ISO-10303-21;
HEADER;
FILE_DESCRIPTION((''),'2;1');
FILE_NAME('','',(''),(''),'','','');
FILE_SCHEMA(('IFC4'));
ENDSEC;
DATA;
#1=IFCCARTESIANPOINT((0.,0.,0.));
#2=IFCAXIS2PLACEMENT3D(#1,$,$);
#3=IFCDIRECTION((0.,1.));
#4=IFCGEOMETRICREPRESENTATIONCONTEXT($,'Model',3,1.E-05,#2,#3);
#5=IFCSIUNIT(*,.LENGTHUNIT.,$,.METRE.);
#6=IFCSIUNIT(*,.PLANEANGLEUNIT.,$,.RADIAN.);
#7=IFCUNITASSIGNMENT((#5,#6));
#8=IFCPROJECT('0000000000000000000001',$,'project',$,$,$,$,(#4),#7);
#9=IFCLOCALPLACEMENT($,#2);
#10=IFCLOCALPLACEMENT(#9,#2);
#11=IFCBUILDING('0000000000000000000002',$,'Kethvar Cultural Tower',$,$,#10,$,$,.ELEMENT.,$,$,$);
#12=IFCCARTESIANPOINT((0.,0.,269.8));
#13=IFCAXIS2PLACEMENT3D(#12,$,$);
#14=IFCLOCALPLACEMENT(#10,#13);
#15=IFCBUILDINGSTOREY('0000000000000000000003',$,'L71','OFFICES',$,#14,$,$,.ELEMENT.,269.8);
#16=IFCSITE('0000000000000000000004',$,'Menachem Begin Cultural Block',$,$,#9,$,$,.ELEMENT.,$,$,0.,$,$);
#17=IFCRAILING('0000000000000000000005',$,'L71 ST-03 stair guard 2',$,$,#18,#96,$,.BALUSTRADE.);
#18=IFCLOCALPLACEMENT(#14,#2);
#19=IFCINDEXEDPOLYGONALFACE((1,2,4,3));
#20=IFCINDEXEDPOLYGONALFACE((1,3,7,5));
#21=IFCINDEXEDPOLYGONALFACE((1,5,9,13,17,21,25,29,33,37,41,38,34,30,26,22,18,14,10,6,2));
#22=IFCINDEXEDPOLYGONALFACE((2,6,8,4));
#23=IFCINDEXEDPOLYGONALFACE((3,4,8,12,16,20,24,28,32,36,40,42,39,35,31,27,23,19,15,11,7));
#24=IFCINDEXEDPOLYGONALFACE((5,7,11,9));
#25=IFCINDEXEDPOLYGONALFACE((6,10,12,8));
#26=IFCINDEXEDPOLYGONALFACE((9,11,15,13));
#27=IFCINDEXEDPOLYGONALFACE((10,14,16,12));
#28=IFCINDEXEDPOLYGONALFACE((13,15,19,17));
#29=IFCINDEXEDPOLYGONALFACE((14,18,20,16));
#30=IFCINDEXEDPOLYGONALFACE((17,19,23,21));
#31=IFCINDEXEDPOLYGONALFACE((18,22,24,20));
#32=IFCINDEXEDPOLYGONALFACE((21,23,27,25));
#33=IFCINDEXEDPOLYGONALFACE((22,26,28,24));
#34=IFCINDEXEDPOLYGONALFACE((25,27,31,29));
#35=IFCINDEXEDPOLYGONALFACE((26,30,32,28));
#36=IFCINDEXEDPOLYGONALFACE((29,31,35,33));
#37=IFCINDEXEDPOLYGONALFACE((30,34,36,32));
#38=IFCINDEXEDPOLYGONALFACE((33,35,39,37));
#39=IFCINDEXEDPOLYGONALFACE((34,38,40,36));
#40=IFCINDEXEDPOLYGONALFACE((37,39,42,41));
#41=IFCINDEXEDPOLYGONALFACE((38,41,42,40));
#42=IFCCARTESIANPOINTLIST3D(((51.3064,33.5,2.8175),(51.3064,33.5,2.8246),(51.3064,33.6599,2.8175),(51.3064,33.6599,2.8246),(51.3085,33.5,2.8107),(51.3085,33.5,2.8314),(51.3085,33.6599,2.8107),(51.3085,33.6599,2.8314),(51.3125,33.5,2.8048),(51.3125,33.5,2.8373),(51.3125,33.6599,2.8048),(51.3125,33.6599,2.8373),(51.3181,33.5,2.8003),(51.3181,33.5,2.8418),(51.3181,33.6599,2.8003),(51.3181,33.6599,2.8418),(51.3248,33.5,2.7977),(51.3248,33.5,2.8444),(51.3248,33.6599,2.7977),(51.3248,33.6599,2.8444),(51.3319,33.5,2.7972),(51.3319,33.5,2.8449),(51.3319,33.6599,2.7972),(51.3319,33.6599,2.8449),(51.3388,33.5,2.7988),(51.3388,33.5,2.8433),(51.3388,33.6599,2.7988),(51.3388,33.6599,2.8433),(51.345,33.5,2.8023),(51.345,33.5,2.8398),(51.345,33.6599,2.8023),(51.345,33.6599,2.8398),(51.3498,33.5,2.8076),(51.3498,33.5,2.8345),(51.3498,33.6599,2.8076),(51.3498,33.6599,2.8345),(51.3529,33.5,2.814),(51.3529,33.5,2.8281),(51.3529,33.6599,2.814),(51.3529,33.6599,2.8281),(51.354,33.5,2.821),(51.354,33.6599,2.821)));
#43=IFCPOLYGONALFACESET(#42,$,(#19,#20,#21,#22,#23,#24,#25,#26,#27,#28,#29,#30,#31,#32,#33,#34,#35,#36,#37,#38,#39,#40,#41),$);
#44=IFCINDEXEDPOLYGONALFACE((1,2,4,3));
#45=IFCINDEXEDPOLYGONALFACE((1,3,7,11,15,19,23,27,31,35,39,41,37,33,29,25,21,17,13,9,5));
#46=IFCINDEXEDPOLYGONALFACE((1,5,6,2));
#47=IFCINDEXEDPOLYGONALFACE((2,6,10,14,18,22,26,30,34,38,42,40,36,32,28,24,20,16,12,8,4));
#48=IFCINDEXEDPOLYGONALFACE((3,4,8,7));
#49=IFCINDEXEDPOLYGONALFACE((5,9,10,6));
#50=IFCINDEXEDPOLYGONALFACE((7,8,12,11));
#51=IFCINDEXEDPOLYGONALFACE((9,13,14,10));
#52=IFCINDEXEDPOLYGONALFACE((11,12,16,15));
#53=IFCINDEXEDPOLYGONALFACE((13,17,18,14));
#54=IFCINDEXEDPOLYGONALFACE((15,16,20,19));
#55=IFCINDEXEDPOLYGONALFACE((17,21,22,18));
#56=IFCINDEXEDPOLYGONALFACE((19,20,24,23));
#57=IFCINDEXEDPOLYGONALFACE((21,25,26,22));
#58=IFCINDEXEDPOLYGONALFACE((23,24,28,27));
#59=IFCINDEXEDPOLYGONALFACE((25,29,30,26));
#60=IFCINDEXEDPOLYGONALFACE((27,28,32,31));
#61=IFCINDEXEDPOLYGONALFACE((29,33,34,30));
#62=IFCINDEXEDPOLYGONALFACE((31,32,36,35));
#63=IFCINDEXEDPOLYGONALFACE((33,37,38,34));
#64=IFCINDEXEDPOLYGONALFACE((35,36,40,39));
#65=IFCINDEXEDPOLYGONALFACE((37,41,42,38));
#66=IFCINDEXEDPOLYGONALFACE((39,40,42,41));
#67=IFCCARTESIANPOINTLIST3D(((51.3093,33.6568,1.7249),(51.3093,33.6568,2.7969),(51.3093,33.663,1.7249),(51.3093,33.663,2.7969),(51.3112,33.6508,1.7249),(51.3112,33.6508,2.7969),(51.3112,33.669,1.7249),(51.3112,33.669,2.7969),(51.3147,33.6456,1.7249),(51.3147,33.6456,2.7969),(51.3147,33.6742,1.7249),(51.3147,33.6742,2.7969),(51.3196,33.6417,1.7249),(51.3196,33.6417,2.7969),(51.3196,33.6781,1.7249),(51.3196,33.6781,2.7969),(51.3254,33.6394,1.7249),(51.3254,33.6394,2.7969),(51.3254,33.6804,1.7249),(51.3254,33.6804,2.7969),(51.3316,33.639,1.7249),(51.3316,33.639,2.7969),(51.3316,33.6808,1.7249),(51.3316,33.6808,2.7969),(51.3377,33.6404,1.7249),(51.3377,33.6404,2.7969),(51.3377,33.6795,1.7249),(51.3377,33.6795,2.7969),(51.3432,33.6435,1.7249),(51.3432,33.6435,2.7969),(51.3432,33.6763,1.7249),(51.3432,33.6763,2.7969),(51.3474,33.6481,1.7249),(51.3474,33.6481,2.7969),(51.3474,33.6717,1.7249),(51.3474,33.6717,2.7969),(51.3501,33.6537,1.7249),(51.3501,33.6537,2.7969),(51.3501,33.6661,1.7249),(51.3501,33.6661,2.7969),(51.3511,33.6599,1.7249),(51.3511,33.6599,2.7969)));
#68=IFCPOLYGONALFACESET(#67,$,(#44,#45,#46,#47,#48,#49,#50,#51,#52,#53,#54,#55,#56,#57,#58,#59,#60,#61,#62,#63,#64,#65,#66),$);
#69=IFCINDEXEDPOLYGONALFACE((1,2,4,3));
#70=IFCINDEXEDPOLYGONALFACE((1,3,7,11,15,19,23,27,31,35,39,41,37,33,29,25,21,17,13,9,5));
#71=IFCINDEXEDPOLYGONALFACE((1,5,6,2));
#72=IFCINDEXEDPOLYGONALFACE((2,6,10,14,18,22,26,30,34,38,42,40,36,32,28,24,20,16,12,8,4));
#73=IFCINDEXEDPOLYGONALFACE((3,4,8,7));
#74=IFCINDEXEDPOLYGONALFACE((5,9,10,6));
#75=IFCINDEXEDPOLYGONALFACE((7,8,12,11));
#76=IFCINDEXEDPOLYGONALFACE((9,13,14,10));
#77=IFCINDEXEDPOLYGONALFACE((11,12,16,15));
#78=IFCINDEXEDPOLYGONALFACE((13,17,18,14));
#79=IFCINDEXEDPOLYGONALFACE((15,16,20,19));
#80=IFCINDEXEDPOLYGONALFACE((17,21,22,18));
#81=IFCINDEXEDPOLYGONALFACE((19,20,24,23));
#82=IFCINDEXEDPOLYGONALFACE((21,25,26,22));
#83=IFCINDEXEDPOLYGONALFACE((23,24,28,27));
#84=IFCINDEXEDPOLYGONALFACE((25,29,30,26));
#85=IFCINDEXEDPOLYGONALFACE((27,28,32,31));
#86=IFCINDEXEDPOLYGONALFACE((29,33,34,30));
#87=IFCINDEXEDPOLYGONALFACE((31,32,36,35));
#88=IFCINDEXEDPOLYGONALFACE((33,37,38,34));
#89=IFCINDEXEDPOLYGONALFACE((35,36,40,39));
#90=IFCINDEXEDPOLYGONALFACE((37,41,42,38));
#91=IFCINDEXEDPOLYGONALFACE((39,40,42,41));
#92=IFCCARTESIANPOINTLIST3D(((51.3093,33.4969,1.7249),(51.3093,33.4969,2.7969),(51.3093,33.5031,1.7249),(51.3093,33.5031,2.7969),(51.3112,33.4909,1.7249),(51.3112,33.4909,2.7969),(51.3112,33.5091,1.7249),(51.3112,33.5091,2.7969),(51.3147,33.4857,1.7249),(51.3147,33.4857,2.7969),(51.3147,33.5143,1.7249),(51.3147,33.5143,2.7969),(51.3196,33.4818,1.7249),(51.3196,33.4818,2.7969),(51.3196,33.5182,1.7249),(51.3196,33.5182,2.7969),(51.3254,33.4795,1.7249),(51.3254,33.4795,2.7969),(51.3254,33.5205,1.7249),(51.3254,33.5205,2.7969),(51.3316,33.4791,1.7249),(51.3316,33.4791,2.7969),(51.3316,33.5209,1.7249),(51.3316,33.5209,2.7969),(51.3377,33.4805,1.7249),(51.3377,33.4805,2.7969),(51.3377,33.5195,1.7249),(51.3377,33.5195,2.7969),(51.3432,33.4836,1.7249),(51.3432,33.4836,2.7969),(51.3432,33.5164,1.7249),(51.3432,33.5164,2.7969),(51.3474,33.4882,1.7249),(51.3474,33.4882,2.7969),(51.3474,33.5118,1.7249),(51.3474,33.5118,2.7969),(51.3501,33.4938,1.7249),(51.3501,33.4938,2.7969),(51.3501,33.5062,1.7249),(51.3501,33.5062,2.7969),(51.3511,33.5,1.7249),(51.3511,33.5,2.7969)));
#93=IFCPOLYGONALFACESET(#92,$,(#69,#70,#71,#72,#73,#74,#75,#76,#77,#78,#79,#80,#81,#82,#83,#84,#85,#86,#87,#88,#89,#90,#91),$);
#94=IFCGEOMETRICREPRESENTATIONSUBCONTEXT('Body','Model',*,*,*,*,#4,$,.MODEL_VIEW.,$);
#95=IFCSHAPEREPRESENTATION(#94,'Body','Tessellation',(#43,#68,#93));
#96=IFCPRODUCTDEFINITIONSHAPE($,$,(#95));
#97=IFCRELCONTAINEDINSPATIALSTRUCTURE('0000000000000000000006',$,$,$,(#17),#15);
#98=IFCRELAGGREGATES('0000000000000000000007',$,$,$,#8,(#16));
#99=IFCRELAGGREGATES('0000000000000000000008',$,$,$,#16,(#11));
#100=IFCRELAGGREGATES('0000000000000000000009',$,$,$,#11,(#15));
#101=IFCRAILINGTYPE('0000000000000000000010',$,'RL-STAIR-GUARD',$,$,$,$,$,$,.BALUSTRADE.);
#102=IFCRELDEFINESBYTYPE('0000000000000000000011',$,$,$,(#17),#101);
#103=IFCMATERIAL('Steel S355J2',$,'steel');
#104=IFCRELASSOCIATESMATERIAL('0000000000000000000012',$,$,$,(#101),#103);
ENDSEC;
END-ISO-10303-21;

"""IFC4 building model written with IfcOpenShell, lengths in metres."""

from ifc_helpers import new_model, si_unit, direction, frame, origin, origin_2d, place, context, subcontext, project, spatial, circle, extrude, material, type_object, element, save


model = new_model("IFC4")

# Units and contexts
model_context = context("Model", 3, precision=1e-05, world=origin(), true_north=direction((0.0, 1.0)))
body_context = subcontext(model_context, "Body", "Model", "MODEL_VIEW")
ifc_project = project(units=[si_unit("LENGTHUNIT", "METRE"), si_unit("PLANEANGLEUNIT", "RADIAN")], contexts=[model_context])

# Site, building, storey
site_placement = place(None, origin())
site = spatial("IfcSite", under=ifc_project, at=site_placement, Name="Menachem Begin Cultural Block", CompositionType="ELEMENT", RefElevation=0.0)
building_placement = place(site_placement, origin())
building = spatial("IfcBuilding", under=site, at=building_placement, Name="Kethvar Cultural Tower", CompositionType="ELEMENT")
storey_placement = place(building_placement, frame((0.0, 0.0, 269.8)))
storey = spatial("IfcBuildingStorey", under=building, at=storey_placement, Name="L71", Description="OFFICES", CompositionType="ELEMENT", Elevation=269.8)

# Shared definitions
ifc_material_1 = material(Name="Steel S355J2", Category="steel")

# Railing
railing_type_1 = type_object("IfcRailingType", Name="RL-STAIR-GUARD", PredefinedType="BALUSTRADE", material=ifc_material_1)
railing_1_placement = place(storey_placement, frame((51.3301, 33.6599, 1.7249)))
element("IfcRailing", 1, at=railing_1_placement, inside=storey, type_object=railing_type_1, Name="L71 ST-03 stair guard 2", PredefinedType="BALUSTRADE", context=body_context, shape_type="SweptSolid", body=[
    extrude(circle(Radius=0.0239, at=origin_2d()), frame((0.0, 0.0, 1.0962), z_axis=(0.0, -1.0, 0.0), x_axis=(1.0, 0.0, 0.0)), (0.0, 0.0, 1.0), 0.1599),
    extrude(circle(Radius=0.021, at=origin_2d()), origin(), (0.0, 0.0, 1.0), 1.072),
    extrude(circle(Radius=0.021, at=origin_2d()), frame((0.0, -0.1599, 0.0)), (0.0, 0.0, 1.0), 1.072),
])

save(model, "model.ifc")
